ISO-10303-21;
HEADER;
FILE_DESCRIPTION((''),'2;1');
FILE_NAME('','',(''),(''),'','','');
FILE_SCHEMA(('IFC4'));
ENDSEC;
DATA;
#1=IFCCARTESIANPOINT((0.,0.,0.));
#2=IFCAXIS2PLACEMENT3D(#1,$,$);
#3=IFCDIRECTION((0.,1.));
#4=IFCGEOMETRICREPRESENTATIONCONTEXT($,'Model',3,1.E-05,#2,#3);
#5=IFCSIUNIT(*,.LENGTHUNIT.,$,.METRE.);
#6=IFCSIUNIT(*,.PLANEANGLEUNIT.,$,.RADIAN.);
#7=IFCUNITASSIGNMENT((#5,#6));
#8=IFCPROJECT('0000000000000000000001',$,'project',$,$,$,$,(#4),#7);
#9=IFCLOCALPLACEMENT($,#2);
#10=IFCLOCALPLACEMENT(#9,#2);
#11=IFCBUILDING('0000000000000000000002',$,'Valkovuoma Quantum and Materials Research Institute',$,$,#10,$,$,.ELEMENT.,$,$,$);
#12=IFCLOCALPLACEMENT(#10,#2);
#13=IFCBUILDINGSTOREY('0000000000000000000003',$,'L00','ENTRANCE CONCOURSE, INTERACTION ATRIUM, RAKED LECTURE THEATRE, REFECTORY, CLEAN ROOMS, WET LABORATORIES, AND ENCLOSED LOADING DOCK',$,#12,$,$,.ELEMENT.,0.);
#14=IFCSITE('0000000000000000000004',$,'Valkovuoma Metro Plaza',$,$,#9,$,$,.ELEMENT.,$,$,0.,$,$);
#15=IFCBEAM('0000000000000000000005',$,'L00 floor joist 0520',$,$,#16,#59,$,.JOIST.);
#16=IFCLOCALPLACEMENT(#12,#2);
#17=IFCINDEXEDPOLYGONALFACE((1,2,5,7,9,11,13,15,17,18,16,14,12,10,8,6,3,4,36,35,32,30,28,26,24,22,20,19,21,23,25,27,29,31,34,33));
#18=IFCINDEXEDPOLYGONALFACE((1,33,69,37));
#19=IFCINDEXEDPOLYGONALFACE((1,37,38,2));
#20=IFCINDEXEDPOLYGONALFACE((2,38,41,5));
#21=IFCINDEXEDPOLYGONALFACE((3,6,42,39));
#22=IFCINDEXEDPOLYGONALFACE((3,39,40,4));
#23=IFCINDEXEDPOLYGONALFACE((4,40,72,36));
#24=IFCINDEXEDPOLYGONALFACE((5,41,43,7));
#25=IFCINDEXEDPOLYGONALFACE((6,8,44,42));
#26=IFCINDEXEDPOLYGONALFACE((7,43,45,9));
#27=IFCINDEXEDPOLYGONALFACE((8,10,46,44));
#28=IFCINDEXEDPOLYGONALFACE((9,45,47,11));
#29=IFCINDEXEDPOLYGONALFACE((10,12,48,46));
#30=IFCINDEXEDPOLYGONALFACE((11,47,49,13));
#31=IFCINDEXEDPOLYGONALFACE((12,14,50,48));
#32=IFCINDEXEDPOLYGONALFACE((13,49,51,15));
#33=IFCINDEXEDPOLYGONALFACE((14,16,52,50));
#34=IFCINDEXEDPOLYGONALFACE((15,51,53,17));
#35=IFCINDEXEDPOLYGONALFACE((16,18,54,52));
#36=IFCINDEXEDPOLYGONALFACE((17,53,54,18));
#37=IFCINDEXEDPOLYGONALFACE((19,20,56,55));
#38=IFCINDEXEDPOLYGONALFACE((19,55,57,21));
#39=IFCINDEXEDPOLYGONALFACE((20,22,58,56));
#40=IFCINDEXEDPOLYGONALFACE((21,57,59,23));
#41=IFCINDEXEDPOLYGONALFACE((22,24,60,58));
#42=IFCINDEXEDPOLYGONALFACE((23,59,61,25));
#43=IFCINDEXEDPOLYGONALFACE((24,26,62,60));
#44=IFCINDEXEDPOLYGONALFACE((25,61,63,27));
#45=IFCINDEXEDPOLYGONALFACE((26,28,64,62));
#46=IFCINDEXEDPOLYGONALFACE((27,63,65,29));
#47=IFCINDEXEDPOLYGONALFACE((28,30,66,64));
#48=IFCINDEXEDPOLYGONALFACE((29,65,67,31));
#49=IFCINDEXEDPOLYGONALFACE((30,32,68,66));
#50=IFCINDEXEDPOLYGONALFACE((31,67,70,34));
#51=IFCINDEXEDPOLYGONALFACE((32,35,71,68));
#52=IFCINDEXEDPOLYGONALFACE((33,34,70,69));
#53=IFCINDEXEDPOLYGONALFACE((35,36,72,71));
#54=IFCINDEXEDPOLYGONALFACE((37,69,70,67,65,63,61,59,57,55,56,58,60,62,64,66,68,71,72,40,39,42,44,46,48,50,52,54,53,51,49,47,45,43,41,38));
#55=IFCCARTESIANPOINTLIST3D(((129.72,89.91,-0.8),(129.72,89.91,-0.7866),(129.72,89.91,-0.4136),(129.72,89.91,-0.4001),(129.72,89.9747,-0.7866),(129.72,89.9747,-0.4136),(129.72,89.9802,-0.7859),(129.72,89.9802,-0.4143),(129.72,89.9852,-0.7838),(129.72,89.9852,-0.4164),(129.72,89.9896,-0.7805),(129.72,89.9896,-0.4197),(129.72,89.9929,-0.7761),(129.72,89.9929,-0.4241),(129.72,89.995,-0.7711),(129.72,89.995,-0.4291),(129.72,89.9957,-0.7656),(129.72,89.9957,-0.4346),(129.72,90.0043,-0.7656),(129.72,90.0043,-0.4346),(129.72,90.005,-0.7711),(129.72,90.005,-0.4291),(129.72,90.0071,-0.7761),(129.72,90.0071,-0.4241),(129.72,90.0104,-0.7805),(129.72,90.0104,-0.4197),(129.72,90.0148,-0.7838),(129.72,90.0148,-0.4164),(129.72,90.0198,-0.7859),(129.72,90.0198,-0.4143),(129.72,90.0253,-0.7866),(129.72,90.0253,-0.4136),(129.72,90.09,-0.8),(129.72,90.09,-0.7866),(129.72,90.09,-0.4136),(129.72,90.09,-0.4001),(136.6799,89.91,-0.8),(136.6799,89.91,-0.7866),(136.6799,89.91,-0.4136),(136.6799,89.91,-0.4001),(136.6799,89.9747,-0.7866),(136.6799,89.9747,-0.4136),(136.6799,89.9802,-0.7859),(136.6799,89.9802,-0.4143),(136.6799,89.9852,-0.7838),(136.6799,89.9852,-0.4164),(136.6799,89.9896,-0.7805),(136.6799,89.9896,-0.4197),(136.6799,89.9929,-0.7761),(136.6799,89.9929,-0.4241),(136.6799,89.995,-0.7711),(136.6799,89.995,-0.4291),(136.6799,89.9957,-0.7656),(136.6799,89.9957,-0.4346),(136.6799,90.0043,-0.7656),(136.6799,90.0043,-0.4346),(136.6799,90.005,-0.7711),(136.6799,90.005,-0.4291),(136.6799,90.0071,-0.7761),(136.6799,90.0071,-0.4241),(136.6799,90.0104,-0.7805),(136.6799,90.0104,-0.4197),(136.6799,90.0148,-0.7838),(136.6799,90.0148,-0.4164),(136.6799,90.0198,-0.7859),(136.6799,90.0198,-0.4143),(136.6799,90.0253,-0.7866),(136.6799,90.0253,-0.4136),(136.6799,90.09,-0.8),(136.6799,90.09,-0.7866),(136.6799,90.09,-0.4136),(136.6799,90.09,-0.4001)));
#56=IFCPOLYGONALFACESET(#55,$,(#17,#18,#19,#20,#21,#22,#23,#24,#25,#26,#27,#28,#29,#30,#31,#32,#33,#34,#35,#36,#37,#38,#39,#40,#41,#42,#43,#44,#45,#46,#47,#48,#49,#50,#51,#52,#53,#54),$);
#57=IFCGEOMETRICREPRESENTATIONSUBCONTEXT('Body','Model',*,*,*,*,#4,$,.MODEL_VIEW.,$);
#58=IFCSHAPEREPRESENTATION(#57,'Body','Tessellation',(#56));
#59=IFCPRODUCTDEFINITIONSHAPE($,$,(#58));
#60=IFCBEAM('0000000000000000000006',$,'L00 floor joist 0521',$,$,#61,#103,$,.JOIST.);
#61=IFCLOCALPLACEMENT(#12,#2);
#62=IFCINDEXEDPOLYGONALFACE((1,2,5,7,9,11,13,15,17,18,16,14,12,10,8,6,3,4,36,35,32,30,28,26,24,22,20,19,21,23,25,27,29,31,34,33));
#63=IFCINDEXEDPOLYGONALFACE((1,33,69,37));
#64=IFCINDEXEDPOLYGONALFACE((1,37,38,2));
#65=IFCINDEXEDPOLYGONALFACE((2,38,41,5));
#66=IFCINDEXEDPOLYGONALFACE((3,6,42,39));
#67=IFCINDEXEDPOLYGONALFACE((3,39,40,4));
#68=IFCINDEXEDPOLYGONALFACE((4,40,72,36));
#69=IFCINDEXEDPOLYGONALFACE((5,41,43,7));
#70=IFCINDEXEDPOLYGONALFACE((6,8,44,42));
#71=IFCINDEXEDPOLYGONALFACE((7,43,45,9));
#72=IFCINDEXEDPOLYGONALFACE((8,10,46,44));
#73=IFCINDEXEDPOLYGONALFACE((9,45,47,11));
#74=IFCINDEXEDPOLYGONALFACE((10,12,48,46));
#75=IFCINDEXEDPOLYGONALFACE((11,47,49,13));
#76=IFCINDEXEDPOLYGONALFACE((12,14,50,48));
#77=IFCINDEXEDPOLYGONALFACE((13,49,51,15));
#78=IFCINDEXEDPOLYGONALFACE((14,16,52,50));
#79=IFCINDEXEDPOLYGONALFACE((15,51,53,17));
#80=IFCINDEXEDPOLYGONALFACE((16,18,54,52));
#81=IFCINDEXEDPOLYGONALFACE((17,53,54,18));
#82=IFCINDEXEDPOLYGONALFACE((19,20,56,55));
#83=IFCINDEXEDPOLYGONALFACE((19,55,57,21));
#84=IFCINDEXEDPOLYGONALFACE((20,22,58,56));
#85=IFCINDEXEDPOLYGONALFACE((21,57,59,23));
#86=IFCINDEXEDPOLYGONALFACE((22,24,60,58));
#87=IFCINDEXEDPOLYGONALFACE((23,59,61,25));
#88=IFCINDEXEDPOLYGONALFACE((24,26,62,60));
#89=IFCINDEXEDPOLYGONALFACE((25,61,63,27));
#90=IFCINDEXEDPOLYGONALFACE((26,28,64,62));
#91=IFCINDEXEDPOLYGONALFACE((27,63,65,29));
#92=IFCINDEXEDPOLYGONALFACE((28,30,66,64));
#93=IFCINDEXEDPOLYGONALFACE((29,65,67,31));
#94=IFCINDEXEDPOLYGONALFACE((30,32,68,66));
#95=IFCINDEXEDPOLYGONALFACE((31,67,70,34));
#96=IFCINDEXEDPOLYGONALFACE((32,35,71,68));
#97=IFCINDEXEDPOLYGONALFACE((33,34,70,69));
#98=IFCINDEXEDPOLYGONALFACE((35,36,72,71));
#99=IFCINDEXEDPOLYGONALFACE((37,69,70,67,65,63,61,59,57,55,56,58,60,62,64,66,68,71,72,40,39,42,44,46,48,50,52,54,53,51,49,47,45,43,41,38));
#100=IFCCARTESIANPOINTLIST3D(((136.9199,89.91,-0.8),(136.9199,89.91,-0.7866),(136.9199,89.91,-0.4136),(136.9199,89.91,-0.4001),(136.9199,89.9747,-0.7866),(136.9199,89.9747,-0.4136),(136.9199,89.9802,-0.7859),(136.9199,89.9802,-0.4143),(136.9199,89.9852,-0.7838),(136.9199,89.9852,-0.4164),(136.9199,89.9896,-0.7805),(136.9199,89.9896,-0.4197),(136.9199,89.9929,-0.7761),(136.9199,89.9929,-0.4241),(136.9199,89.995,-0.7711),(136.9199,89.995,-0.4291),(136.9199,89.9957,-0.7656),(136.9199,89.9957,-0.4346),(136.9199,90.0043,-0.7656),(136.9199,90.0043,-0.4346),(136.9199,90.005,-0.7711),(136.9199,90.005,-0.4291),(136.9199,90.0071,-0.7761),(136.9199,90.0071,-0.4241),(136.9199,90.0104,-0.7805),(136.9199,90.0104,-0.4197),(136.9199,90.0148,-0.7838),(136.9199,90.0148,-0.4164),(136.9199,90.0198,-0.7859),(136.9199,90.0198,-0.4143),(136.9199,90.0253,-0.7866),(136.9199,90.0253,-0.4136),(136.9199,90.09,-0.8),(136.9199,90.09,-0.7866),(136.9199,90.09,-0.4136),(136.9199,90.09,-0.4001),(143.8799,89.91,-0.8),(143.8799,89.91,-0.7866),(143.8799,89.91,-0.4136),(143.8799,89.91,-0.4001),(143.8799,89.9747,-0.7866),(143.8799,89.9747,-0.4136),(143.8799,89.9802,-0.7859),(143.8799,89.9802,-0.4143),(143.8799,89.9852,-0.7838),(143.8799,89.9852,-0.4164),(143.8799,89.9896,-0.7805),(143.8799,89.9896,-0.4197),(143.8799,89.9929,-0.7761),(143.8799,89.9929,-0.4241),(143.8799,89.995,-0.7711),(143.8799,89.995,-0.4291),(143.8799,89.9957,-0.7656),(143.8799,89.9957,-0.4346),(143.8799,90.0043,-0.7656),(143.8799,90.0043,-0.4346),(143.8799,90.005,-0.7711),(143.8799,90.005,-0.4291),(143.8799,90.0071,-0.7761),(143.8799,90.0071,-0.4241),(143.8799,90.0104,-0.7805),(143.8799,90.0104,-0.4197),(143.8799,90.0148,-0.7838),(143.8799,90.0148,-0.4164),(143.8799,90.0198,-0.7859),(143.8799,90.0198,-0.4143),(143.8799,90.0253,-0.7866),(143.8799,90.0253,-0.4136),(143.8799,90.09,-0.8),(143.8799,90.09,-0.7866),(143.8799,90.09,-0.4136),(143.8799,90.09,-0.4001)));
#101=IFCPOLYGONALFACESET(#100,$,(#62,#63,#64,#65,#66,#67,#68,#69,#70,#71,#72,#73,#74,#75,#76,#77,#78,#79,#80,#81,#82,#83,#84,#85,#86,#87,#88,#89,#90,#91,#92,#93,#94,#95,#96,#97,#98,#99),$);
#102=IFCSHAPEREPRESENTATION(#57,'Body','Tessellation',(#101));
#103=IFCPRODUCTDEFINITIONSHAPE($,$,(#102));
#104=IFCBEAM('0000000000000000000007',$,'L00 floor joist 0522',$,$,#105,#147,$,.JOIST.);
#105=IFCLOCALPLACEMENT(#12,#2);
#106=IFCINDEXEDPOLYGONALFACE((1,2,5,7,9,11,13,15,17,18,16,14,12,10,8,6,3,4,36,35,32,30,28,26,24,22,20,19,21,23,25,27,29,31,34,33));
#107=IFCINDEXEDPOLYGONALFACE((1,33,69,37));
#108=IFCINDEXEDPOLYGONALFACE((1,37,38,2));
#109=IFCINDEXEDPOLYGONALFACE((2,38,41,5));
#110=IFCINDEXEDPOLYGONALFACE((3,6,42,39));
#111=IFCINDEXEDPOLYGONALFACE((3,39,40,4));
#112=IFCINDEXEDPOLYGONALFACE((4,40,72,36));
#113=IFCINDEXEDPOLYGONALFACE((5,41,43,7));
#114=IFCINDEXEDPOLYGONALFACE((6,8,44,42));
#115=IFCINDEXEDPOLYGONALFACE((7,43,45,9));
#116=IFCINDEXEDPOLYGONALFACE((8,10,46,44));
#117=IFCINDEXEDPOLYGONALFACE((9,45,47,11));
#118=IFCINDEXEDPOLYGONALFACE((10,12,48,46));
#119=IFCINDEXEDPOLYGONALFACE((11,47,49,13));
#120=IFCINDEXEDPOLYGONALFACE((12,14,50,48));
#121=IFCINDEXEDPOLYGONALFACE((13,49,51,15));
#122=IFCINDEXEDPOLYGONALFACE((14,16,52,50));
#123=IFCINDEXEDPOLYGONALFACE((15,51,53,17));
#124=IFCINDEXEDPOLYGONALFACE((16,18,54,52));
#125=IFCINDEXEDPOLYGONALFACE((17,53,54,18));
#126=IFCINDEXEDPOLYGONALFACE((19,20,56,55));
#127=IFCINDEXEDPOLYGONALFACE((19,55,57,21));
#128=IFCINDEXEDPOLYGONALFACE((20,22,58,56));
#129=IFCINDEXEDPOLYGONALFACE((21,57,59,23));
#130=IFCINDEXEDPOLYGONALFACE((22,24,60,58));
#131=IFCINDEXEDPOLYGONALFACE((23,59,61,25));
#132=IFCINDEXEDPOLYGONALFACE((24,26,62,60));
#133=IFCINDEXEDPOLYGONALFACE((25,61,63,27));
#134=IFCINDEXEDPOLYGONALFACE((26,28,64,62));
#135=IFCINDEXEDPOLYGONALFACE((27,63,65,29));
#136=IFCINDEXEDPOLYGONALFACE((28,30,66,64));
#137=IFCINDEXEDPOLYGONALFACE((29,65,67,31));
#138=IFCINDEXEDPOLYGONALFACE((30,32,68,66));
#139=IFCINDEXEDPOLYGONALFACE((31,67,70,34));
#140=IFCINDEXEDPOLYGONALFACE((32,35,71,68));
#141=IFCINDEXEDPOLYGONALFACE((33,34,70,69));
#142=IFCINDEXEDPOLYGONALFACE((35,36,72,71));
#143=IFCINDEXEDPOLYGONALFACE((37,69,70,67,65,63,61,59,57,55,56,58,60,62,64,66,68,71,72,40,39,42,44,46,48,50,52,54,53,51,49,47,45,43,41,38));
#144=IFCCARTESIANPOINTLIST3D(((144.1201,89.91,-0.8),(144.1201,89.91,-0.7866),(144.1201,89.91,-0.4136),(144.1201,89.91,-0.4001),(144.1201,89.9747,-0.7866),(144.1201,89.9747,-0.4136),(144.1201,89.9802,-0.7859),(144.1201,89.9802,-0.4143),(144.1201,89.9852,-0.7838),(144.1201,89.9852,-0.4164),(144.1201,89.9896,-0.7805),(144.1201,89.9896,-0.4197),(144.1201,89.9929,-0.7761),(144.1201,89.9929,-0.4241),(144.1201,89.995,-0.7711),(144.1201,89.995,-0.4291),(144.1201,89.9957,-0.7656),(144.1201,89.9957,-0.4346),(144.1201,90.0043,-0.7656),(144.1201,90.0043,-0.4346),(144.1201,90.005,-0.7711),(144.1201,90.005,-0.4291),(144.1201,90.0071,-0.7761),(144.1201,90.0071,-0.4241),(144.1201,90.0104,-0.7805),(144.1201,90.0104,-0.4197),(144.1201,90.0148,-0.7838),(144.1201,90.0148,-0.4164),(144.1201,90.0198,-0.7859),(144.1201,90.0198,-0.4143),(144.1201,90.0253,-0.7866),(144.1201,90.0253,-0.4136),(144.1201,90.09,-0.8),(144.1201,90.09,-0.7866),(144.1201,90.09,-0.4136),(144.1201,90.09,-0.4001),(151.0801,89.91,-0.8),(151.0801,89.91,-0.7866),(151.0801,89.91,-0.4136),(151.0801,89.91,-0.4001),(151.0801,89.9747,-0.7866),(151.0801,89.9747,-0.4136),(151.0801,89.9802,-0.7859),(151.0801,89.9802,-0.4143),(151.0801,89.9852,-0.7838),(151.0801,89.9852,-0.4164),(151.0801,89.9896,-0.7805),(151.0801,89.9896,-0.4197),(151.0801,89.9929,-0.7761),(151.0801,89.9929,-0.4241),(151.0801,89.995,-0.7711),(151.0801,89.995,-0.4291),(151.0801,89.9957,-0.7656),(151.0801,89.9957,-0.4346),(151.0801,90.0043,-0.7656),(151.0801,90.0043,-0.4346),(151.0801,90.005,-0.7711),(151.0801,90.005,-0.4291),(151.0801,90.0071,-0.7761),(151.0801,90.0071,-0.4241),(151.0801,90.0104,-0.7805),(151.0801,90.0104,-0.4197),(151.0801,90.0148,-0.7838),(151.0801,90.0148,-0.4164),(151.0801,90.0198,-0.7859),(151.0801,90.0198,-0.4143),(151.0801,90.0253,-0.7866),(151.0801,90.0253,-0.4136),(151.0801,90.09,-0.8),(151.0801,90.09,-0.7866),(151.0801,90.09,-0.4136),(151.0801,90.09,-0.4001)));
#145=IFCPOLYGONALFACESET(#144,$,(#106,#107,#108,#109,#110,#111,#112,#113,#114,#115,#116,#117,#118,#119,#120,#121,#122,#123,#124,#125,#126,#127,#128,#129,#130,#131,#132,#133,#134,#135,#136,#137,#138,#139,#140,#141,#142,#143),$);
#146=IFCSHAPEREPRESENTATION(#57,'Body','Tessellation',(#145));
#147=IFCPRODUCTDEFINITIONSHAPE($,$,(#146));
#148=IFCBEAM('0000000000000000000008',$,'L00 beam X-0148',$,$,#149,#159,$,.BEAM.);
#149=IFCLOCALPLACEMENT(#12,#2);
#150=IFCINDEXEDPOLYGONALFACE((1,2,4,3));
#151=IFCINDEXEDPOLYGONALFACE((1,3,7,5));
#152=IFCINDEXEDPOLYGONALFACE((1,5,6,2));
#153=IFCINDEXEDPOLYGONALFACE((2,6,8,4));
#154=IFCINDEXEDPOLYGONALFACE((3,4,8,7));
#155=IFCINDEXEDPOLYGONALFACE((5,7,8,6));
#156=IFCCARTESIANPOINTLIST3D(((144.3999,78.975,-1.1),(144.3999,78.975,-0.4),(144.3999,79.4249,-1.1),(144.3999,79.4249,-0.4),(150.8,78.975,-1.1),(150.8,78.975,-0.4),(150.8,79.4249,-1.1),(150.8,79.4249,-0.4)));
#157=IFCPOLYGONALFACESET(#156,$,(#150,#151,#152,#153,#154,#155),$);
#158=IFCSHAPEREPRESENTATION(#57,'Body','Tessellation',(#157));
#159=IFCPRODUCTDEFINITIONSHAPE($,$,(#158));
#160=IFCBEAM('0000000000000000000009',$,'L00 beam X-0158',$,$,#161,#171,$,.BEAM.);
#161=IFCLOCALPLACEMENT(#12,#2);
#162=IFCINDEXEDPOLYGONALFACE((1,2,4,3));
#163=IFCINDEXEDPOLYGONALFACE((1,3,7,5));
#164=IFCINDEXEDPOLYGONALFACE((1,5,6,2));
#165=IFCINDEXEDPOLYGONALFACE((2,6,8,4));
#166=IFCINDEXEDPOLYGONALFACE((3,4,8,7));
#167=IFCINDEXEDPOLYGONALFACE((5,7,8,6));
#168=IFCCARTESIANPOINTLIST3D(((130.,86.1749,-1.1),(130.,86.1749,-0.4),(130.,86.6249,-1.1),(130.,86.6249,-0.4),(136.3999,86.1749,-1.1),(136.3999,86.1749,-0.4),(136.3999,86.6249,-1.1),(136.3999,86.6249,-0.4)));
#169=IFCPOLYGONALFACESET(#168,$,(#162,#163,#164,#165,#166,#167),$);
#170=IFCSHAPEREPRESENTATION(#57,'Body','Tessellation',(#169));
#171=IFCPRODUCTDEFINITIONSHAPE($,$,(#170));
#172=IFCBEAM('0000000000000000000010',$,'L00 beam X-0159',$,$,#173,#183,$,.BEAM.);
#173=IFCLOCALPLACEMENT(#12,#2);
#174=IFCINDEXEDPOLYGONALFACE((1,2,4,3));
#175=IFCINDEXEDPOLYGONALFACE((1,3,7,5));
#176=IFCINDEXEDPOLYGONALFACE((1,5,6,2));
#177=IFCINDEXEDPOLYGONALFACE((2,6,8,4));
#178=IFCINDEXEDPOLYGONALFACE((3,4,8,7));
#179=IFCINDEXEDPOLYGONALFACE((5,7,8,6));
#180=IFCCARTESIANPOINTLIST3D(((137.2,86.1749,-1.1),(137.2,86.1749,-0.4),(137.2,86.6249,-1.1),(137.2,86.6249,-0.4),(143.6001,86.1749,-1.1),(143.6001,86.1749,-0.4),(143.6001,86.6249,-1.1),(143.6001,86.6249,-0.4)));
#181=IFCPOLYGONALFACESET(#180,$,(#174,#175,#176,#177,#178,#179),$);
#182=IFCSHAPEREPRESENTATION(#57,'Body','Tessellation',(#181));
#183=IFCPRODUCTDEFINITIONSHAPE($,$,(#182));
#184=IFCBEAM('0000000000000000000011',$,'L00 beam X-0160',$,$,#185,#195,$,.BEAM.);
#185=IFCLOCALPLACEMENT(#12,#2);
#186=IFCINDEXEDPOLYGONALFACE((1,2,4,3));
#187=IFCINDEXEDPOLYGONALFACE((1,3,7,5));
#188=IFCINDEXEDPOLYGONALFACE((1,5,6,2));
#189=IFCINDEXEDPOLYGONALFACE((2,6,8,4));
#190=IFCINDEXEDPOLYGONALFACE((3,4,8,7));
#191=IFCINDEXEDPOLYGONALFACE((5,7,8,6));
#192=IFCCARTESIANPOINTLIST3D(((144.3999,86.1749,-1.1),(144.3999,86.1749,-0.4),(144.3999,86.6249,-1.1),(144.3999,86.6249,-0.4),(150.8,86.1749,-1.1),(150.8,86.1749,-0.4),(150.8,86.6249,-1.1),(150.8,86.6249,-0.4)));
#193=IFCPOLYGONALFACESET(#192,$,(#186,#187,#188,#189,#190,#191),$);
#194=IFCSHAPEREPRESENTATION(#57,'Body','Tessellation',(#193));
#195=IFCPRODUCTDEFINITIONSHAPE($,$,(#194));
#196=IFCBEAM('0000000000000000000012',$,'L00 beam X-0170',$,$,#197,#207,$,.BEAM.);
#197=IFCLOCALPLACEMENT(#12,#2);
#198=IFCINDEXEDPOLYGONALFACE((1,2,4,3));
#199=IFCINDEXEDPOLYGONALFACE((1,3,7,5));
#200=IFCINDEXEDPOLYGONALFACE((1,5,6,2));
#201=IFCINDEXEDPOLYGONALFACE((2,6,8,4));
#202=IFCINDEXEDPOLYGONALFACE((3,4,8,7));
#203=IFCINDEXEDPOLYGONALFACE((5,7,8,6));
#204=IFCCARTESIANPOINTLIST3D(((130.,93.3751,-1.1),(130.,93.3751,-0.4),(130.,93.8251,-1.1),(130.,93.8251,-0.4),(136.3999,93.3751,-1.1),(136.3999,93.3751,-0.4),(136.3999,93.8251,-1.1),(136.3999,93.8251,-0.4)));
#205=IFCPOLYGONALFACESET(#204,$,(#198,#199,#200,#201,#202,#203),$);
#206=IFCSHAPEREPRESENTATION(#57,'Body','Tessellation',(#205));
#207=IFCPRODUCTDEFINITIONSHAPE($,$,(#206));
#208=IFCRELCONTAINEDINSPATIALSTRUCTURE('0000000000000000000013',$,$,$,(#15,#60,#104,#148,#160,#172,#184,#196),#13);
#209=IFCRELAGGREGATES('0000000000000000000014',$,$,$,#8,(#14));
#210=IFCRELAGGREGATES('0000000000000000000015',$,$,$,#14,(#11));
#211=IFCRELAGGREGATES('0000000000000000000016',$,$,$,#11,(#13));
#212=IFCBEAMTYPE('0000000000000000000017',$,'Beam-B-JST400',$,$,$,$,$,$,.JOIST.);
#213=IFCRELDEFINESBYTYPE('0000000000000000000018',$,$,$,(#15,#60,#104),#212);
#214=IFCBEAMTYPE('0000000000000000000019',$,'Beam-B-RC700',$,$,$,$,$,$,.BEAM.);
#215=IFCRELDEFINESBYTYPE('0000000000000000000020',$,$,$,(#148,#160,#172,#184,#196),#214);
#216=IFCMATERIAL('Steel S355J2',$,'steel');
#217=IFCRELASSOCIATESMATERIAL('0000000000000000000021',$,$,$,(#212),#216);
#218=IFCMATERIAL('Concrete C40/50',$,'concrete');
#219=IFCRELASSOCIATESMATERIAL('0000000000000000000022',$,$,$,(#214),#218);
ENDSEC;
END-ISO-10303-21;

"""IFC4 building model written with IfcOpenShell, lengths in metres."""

from ifc_helpers import new_model, si_unit, direction, frame, origin, origin_2d, place, context, subcontext, project, spatial, rectangle, i_section, extrude, material, material_profile, profile_set, type_object, element, save


model = new_model("IFC4")

# Units and contexts
model_context = context("Model", 3, precision=1e-05, world=origin(), true_north=direction((0.0, 1.0)))
body_context = subcontext(model_context, "Body", "Model", "MODEL_VIEW")
ifc_project = project(units=[si_unit("LENGTHUNIT", "METRE"), si_unit("PLANEANGLEUNIT", "RADIAN")], contexts=[model_context])

# Site, building, storey
site_placement = place(None, origin())
site = spatial("IfcSite", under=ifc_project, at=site_placement, Name="Valkovuoma Metro Plaza", CompositionType="ELEMENT", RefElevation=0.0)
building_placement = place(site_placement, origin())
building = spatial("IfcBuilding", under=site, at=building_placement, Name="Valkovuoma Quantum and Materials Research Institute", CompositionType="ELEMENT")
storey_placement = place(building_placement, origin())
storey = spatial("IfcBuildingStorey", under=building, at=storey_placement, Name="L00", Description="ENTRANCE CONCOURSE, INTERACTION ATRIUM, RAKED LECTURE THEATRE, REFECTORY, CLEAN ROOMS, WET LABORATORIES, AND ENCLOSED LOADING DOCK", CompositionType="ELEMENT", Elevation=0.0)

# Beams
ifc_material_1 = material(Name="Steel S355J2", Category="steel")
ifc_material_profile_1 = material_profile(ifc_material_1, i_section(OverallWidth=0.1799, OverallDepth=0.3999, WebThickness=0.0085, FlangeThickness=0.0134, FilletRadius=0.021, at=origin_2d()), Name="Steel S355J2")
ifc_profile_set_1 = profile_set([ifc_material_profile_1], Name="Steel S355J2")
beam_type_1 = type_object("IfcBeamType", Name="Beam-B-JST400", PredefinedType="JOIST", material=ifc_profile_set_1)
for number, where, z_axis, x_axis, name in (
    (1, (129.72, 90.0, -0.6001), (1.0, 0.0, 0.0), (0.0, 1.0, 0.0), "L00 floor joist 0520"),
    (2, (136.9199, 90.0, -0.6001), (1.0, 0.0, 0.0), (0.0, 1.0, 0.0), "L00 floor joist 0521"),
    (3, (144.1201, 90.0, -0.6001), (1.0, 0.0, 0.0), (0.0, 1.0, 0.0), "L00 floor joist 0522"),
):
    element("IfcBeam", number, at=place(storey_placement, frame(where, z_axis=z_axis, x_axis=x_axis)), inside=storey, type_object=beam_type_1, Name=name, PredefinedType="JOIST", context=body_context, shape_type="SweptSolid", body=[
        extrude(i_section(OverallWidth=0.1799, OverallDepth=0.3999, WebThickness=0.0085, FlangeThickness=0.0134, FilletRadius=0.021, at=origin_2d()), origin(), (0.0, 0.0, 1.0), 6.96),
    ])
ifc_material_2 = material(Name="Concrete C40/50", Category="concrete")
ifc_material_profile_2 = material_profile(ifc_material_2, rectangle(XDim=0.45, YDim=0.7, at=origin_2d()), Name="Concrete C40/50")
ifc_profile_set_2 = profile_set([ifc_material_profile_2], Name="Concrete C40/50")
beam_type_2 = type_object("IfcBeamType", Name="Beam-B-RC700", PredefinedType="BEAM", material=ifc_profile_set_2)
beam_1_placement = place(storey_placement, frame((144.3999, 79.2, -0.75), z_axis=(1.0, 0.0, 0.0), x_axis=(0.0, 1.0, 0.0)))
element("IfcBeam", 4, at=beam_1_placement, inside=storey, type_object=beam_type_2, Name="L00 beam X-0148", PredefinedType="BEAM", context=body_context, shape_type="SweptSolid", body=[
    extrude(rectangle(XDim=0.45, YDim=0.7, at=origin_2d()), origin(), (0.0, 0.0, 1.0), 6.4001),
])
beam_2_placement = place(storey_placement, frame((130.0, 86.3999, -0.75), z_axis=(1.0, 0.0, 0.0), x_axis=(0.0, 1.0, 0.0)))
element("IfcBeam", 5, at=beam_2_placement, inside=storey, type_object=beam_type_2, Name="L00 beam X-0158", PredefinedType="BEAM", context=body_context, shape_type="SweptSolid", body=[
    extrude(rectangle(XDim=0.45, YDim=0.7, at=origin_2d()), origin(), (0.0, 0.0, 1.0), 6.3999),
])
for number, where, z_axis, x_axis, name in (
    (6, (137.2, 86.3999, -0.75), (1.0, 0.0, 0.0), (0.0, 1.0, 0.0), "L00 beam X-0159"),
    (7, (144.3999, 86.3999, -0.75), (1.0, 0.0, 0.0), (0.0, 1.0, 0.0), "L00 beam X-0160"),
):
    element("IfcBeam", number, at=place(storey_placement, frame(where, z_axis=z_axis, x_axis=x_axis)), inside=storey, type_object=beam_type_2, Name=name, PredefinedType="BEAM", context=body_context, shape_type="SweptSolid", body=[
        extrude(rectangle(XDim=0.45, YDim=0.7, at=origin_2d()), origin(), (0.0, 0.0, 1.0), 6.4001),
    ])
beam_3_placement = place(storey_placement, frame((130.0, 93.6001, -0.75), z_axis=(1.0, 0.0, 0.0), x_axis=(0.0, 1.0, 0.0)))
element("IfcBeam", 8, at=beam_3_placement, inside=storey, type_object=beam_type_2, Name="L00 beam X-0170", PredefinedType="BEAM", context=body_context, shape_type="SweptSolid", body=[
    extrude(rectangle(XDim=0.45, YDim=0.7, at=origin_2d()), origin(), (0.0, 0.0, 1.0), 6.3999),
])

save(model, "model.ifc")
